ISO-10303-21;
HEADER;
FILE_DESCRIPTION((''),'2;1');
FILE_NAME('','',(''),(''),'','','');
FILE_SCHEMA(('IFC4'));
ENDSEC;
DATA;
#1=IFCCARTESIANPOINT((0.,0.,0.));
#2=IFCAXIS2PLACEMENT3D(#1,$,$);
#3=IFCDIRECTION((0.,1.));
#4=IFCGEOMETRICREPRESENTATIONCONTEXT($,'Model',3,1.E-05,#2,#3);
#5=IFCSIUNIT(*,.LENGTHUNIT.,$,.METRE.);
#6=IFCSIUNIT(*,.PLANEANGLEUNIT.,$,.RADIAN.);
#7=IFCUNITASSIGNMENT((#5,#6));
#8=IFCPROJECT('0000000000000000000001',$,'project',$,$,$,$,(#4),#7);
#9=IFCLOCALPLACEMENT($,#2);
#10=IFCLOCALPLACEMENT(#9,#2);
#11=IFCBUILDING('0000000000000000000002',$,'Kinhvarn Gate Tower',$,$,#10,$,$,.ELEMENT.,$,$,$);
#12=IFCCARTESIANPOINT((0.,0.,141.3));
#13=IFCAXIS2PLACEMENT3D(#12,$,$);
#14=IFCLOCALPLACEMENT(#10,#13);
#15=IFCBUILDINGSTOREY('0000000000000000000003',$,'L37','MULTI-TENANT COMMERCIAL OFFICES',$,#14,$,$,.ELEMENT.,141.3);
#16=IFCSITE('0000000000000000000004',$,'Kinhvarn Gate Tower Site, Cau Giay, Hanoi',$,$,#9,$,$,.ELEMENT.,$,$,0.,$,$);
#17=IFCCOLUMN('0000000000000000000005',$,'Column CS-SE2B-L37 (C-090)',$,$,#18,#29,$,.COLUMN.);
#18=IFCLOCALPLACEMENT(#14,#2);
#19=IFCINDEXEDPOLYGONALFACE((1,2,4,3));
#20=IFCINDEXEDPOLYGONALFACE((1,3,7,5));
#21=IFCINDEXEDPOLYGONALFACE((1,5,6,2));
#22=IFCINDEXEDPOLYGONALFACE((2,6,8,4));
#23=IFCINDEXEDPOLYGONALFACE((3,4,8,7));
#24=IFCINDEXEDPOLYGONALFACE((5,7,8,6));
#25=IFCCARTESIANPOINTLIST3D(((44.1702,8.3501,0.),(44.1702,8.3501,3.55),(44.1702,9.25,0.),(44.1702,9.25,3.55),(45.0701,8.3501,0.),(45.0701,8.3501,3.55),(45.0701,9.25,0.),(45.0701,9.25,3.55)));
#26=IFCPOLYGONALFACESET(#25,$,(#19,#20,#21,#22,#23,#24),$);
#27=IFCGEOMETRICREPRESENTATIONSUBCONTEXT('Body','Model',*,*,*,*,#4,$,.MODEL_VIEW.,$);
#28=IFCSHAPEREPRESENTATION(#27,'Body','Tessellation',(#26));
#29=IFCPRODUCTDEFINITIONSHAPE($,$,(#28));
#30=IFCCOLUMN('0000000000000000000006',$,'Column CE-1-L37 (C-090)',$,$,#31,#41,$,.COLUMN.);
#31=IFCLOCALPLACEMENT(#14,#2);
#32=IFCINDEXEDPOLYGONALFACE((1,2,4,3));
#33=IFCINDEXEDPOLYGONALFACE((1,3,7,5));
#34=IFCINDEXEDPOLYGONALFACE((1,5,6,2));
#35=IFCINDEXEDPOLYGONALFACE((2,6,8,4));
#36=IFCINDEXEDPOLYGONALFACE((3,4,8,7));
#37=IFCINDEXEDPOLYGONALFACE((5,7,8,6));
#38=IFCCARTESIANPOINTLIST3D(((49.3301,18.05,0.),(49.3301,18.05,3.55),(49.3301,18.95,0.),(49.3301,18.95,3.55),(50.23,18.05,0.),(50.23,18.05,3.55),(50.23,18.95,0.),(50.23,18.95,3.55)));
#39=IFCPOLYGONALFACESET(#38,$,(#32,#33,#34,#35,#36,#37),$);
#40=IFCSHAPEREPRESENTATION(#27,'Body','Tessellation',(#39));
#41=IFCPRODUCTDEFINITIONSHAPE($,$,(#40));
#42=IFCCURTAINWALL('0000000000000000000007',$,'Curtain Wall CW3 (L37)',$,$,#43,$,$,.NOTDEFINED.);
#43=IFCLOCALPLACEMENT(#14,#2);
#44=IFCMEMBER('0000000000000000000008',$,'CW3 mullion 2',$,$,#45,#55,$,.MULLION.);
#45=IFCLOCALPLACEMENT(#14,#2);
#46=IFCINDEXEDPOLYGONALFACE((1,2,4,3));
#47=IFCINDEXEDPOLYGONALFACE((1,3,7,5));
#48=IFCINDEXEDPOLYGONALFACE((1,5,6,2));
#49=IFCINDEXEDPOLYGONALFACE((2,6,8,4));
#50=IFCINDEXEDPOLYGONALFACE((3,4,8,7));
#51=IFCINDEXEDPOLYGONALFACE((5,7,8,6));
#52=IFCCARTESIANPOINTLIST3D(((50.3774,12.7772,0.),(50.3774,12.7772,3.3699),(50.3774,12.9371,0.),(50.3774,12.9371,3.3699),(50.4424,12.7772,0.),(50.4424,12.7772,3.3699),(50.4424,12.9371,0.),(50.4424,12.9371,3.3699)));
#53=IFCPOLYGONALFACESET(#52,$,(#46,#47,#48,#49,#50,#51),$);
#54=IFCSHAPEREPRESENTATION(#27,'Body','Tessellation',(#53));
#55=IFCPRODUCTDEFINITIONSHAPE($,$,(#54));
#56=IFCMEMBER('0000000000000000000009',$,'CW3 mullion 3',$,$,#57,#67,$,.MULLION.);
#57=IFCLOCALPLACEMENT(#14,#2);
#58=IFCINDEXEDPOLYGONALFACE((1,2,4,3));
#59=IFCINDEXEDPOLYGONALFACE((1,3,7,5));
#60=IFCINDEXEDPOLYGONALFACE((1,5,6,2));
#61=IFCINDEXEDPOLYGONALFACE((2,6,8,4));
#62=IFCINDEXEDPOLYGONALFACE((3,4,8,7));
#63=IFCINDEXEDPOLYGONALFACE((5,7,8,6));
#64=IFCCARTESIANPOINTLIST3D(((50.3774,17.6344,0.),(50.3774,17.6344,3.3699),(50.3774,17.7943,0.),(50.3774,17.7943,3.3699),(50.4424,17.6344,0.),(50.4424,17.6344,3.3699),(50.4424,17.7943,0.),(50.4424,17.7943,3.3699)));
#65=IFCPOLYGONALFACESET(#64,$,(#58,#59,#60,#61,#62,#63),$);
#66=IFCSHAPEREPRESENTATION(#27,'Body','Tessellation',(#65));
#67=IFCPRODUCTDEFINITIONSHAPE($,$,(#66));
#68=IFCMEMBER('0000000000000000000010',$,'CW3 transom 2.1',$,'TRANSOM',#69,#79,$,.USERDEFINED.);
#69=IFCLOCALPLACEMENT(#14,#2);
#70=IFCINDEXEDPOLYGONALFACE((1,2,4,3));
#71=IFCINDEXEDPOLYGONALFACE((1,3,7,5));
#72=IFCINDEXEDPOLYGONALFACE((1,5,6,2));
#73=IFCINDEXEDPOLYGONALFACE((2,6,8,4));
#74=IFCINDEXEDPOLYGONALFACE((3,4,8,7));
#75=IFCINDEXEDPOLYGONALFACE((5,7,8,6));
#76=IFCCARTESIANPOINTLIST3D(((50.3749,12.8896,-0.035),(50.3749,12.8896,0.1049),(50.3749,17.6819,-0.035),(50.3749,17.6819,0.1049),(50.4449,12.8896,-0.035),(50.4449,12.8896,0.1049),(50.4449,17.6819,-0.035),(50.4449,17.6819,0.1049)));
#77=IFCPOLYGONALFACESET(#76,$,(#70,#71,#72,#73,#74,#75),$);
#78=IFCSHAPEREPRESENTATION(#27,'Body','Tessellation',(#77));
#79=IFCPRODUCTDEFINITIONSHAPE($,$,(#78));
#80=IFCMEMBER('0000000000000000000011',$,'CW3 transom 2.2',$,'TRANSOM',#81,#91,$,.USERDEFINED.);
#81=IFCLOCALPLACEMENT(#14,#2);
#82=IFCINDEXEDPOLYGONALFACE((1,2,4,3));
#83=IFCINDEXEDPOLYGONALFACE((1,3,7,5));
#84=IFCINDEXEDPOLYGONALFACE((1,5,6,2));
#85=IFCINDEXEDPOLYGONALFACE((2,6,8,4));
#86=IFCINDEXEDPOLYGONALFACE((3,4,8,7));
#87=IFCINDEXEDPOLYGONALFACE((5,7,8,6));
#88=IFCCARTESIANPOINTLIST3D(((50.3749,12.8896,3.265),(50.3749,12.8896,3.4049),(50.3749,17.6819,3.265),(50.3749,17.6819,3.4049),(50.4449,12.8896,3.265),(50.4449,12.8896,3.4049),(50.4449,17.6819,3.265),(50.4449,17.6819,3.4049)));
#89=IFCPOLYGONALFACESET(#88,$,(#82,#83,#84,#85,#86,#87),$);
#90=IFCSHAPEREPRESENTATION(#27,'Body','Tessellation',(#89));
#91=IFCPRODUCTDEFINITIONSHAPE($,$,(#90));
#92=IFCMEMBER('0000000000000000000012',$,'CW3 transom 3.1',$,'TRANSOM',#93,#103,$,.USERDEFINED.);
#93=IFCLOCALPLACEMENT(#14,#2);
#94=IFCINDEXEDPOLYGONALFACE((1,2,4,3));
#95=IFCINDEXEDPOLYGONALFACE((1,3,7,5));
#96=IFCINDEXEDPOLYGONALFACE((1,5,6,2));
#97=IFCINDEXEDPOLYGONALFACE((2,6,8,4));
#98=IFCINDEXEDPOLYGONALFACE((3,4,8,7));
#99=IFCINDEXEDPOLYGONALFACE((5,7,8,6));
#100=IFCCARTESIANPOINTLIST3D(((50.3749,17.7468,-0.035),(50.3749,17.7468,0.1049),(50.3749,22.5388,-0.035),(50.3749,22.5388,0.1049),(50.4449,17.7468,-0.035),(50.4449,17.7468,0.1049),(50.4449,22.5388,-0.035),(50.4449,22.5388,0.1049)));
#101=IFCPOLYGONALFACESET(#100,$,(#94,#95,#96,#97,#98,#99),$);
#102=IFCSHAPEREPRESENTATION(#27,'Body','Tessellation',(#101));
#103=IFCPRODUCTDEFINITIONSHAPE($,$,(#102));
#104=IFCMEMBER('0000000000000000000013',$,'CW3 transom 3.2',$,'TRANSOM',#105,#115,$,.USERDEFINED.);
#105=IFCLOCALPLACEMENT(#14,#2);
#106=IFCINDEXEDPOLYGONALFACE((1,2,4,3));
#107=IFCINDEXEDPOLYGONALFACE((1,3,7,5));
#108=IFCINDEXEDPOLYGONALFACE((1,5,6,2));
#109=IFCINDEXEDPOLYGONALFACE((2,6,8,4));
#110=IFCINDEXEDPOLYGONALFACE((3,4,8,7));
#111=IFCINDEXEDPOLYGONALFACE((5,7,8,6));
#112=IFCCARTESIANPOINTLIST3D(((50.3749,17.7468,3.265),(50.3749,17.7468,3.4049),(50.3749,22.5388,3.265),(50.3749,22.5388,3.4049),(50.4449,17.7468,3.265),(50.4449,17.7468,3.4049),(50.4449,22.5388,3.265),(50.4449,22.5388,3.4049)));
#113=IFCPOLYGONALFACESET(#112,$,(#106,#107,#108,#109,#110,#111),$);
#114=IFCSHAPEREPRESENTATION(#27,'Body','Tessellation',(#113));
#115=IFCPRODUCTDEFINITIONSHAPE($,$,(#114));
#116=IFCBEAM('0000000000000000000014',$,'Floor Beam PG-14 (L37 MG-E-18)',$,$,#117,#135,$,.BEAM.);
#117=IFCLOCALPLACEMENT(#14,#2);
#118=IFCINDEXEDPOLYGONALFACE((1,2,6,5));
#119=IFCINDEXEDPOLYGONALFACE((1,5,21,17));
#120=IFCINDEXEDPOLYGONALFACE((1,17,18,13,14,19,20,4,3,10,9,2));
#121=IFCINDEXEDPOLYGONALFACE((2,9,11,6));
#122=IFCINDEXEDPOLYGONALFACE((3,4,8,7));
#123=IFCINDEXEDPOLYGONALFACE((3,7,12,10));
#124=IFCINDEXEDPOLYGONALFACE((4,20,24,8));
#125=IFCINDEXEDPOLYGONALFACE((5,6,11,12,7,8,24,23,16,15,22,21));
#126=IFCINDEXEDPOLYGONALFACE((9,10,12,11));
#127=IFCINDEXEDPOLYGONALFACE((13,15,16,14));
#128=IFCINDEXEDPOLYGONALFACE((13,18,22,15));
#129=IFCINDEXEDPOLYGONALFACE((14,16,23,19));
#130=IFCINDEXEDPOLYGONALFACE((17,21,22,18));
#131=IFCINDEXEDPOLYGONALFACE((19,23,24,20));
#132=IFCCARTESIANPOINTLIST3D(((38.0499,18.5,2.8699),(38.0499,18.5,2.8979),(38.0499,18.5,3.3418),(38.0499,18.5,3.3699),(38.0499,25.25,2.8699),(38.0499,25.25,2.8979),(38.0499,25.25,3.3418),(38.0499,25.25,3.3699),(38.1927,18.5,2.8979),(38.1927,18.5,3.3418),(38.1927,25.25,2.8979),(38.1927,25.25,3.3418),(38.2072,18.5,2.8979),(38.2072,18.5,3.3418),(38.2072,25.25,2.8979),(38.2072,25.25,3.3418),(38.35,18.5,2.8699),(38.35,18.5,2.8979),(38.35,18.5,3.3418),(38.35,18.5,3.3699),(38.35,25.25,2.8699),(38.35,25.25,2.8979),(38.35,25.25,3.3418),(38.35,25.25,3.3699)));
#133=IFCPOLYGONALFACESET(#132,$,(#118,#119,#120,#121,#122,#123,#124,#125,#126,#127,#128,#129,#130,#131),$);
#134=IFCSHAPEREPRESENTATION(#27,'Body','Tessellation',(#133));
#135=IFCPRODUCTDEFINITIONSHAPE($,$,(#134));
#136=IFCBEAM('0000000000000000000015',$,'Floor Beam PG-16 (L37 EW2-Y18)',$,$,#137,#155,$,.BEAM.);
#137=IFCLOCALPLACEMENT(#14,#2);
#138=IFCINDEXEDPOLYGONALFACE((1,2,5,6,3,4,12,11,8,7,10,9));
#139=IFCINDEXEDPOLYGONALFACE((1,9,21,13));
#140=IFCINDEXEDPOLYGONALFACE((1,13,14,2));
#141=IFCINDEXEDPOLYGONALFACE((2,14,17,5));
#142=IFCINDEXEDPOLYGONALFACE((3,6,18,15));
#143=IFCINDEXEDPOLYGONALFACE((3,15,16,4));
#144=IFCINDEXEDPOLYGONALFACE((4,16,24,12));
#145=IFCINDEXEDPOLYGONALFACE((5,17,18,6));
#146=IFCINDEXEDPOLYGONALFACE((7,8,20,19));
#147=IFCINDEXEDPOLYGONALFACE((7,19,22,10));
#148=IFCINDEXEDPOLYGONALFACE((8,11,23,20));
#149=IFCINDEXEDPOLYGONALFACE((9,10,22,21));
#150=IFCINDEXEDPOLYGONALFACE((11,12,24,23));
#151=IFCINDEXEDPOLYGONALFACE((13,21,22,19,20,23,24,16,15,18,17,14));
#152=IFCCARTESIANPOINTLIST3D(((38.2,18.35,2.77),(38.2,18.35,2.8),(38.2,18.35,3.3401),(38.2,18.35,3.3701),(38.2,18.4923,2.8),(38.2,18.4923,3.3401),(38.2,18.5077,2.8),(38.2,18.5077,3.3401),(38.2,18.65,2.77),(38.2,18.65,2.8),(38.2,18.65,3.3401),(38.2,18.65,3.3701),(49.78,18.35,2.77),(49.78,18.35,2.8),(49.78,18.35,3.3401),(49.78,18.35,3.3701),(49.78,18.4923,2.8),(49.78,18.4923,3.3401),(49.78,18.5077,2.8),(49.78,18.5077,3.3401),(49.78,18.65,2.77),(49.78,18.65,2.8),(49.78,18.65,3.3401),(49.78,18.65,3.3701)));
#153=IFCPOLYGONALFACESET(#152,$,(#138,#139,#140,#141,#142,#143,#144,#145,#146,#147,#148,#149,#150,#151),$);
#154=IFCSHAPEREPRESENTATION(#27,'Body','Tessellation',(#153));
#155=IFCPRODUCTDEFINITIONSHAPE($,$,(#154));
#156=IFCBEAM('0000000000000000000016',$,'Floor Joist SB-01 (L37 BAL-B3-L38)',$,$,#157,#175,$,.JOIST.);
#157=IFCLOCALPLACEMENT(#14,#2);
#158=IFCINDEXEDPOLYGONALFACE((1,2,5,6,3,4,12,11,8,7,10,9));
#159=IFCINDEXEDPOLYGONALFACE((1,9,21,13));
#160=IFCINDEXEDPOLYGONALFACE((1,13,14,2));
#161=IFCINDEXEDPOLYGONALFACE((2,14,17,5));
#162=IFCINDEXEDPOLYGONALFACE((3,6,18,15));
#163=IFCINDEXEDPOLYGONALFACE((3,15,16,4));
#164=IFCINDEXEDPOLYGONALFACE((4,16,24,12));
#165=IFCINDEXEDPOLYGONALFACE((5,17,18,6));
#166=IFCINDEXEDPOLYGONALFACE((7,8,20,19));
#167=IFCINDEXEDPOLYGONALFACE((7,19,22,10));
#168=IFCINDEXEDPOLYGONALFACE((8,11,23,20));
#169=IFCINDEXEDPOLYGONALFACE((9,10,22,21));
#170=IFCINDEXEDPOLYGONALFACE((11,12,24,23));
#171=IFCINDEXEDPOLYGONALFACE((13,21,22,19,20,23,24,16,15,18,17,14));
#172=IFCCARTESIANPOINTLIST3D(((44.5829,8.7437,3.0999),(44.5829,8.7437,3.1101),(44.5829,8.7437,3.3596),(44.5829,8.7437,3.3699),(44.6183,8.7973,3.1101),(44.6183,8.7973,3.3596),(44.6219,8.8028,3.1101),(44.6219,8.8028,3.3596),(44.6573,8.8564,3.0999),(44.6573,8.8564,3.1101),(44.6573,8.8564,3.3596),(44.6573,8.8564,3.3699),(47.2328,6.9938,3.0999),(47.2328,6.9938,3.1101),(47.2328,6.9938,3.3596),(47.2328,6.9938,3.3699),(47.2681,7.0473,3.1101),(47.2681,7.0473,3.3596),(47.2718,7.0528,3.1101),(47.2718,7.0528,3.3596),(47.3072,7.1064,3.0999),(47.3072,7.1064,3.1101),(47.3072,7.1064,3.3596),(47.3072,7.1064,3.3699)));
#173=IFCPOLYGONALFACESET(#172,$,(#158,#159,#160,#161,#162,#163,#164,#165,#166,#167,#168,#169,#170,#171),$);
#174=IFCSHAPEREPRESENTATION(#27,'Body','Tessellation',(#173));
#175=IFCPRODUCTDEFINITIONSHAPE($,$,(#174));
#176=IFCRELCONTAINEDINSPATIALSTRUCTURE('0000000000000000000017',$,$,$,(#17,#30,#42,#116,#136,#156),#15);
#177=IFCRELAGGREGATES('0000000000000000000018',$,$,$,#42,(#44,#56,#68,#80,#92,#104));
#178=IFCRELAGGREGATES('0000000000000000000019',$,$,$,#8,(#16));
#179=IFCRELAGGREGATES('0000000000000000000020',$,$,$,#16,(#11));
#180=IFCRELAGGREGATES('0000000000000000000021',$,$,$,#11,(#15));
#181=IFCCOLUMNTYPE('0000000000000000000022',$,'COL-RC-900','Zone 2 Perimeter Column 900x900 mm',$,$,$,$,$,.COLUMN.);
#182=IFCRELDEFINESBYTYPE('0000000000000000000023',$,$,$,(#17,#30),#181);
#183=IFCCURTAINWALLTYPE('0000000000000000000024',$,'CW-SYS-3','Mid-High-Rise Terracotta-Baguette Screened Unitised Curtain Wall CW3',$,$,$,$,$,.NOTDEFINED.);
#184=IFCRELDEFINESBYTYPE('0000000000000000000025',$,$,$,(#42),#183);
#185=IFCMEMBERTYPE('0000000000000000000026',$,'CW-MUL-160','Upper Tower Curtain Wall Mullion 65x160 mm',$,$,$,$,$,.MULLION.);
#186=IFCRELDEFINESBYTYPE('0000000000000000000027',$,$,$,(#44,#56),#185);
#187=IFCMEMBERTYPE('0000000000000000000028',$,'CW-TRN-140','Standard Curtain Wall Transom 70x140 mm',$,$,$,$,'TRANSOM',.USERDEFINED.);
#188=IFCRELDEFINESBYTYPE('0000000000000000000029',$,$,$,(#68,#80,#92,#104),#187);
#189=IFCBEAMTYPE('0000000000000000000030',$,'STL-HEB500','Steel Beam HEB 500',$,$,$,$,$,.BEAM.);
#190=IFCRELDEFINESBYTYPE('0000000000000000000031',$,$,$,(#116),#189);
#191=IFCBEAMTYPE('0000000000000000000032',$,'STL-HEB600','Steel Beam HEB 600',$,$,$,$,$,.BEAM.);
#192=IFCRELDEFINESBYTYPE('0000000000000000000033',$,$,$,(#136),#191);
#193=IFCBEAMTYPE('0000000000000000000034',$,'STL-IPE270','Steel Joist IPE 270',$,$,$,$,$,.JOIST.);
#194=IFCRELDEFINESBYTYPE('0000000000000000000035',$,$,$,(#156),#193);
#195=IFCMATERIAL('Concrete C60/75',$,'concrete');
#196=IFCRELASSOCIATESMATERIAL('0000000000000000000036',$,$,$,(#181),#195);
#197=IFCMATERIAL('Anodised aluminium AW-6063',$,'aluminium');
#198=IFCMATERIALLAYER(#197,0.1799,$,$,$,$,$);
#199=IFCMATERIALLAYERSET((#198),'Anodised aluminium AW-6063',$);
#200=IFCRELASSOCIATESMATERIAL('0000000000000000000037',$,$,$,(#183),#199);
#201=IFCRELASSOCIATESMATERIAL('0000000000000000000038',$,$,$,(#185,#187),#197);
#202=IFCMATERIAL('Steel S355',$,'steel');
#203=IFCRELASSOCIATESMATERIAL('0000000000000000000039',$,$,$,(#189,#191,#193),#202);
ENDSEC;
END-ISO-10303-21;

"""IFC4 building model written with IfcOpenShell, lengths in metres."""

from ifc_helpers import new_model, si_unit, direction, frame, origin, origin_2d, place, context, subcontext, project, spatial, rectangle, i_section, extrude, material, layer, layer_set, material_profile, profile_set, type_object, element, aggregate, save


model = new_model("IFC4")

# Units and contexts
model_context = context("Model", 3, precision=1e-05, world=origin(), true_north=direction((0.0, 1.0)))
body_context = subcontext(model_context, "Body", "Model", "MODEL_VIEW")
ifc_project = project(units=[si_unit("LENGTHUNIT", "METRE"), si_unit("PLANEANGLEUNIT", "RADIAN")], contexts=[model_context])

# Site, building, storey
site_placement = place(None, origin())
site = spatial("IfcSite", under=ifc_project, at=site_placement, Name="Kinhvarn Gate Tower Site, Cau Giay, Hanoi", CompositionType="ELEMENT", RefElevation=0.0)
building_placement = place(site_placement, origin())
building = spatial("IfcBuilding", under=site, at=building_placement, Name="Kinhvarn Gate Tower", CompositionType="ELEMENT")
storey_placement = place(building_placement, frame((0.0, 0.0, 141.3)))
storey = spatial("IfcBuildingStorey", under=building, at=storey_placement, Name="L37", Description="MULTI-TENANT COMMERCIAL OFFICES", CompositionType="ELEMENT", Elevation=141.3)

# Columns
ifc_material_1 = material(Name="Concrete C60/75", Category="concrete")
ifc_material_profile_1 = material_profile(ifc_material_1, rectangle(XDim=0.8999, YDim=0.8999, at=origin_2d()), Name="RC 900x900")
ifc_profile_set_1 = profile_set([ifc_material_profile_1], Name="Concrete C60/75")
column_type = type_object("IfcColumnType", Name="COL-RC-900", Description="Zone 2 Perimeter Column 900x900 mm", PredefinedType="COLUMN", material=ifc_profile_set_1)
for number, where, z_axis, x_axis, name in (
    (1, (44.6201, 8.8, 0.0), (0.0, 0.0, 1.0), (1.0, 0.0, 0.0), "Column CS-SE2B-L37 (C-090)"),
    (2, (49.78, 18.5, 0.0), (0.0, 0.0, 1.0), (1.0, 0.0, 0.0), "Column CE-1-L37 (C-090)"),
):
    element("IfcColumn", number, at=place(storey_placement, frame(where, z_axis=z_axis, x_axis=x_axis)), inside=storey, type_object=column_type, Name=name, PredefinedType="COLUMN", context=body_context, shape_type="SweptSolid", body=[
        extrude(rectangle(XDim=0.8999, YDim=0.8999, at=origin_2d()), origin(), (0.0, 0.0, 1.0), 3.55),
    ])

# Curtain wall, members
ifc_material_2 = material(Name="Anodised aluminium AW-6063", Category="aluminium")
ifc_layer_1 = layer(ifc_material_2, 0.1799)
ifc_layer_set_1 = layer_set([ifc_layer_1], Name="Anodised aluminium AW-6063")
curtain_wall_type = type_object("IfcCurtainWallType", Name="CW-SYS-3", Description="Mid-High-Rise Terracotta-Baguette Screened Unitised Curtain Wall CW3", PredefinedType="NOTDEFINED", material=ifc_layer_set_1)
curtain_wall_placement = place(storey_placement, origin())
curtain_wall = element("IfcCurtainWall", 3, at=curtain_wall_placement, inside=storey, type_object=curtain_wall_type, Name="Curtain Wall CW3 (L37)", PredefinedType="NOTDEFINED")
ifc_material_profile_2 = material_profile(ifc_material_2, rectangle(XDim=0.0649, YDim=0.1599, at=origin_2d()), Name="ALU 65x160")
ifc_profile_set_2 = profile_set([ifc_material_profile_2], Name="Anodised aluminium AW-6063")
member_type_1 = type_object("IfcMemberType", Name="CW-MUL-160", Description="Upper Tower Curtain Wall Mullion 65x160 mm", PredefinedType="MULLION", material=ifc_profile_set_2)
member_1_placement = place(storey_placement, frame((50.4099, 12.8572, 0.0), z_axis=(0.0, 0.0, 1.0), x_axis=(-1.0, 0.0, 0.0)))
member_1 = element("IfcMember", 4, at=member_1_placement, type_object=member_type_1, Name="CW3 mullion 2", PredefinedType="MULLION", context=body_context, shape_type="SweptSolid", body=[
    extrude(rectangle(XDim=0.0649, YDim=0.1599, at=origin_2d()), origin(), (0.0, 0.0, 1.0), 3.3699),
])
member_2_placement = place(storey_placement, frame((50.4099, 17.7144, 0.0), z_axis=(0.0, 0.0, 1.0), x_axis=(-1.0, 0.0, 0.0)))
member_2 = element("IfcMember", 5, at=member_2_placement, type_object=member_type_1, Name="CW3 mullion 3", PredefinedType="MULLION", context=body_context, shape_type="SweptSolid", body=[
    extrude(rectangle(XDim=0.0649, YDim=0.1599, at=origin_2d()), origin(), (0.0, 0.0, 1.0), 3.3699),
])
ifc_material_profile_3 = material_profile(ifc_material_2, rectangle(XDim=0.0701, YDim=0.1399, at=origin_2d()), Name="ALU 70x140")
ifc_profile_set_3 = profile_set([ifc_material_profile_3], Name="Anodised aluminium AW-6063")
member_type_2 = type_object("IfcMemberType", Name="CW-TRN-140", Description="Standard Curtain Wall Transom 70x140 mm", ElementType="TRANSOM", PredefinedType="USERDEFINED", material=ifc_profile_set_3)
member_3_placement = place(storey_placement, frame((50.4099, 12.8896, 0.0349), z_axis=(0.0, 1.0, 0.0), x_axis=(-1.0, 0.0, 0.0)))
member_3 = element("IfcMember", 6, at=member_3_placement, type_object=member_type_2, Name="CW3 transom 2.1", ObjectType="TRANSOM", PredefinedType="USERDEFINED", context=body_context, shape_type="SweptSolid", body=[
    extrude(rectangle(XDim=0.0701, YDim=0.1399, at=origin_2d()), origin(), (0.0, 0.0, 1.0), 4.7922),
])
member_4_placement = place(storey_placement, frame((50.4099, 12.8896, 3.335), z_axis=(0.0, 1.0, 0.0), x_axis=(-1.0, 0.0, 0.0)))
member_4 = element("IfcMember", 7, at=member_4_placement, type_object=member_type_2, Name="CW3 transom 2.2", ObjectType="TRANSOM", PredefinedType="USERDEFINED", context=body_context, shape_type="SweptSolid", body=[
    extrude(rectangle(XDim=0.0701, YDim=0.1399, at=origin_2d()), origin(), (0.0, 0.0, 1.0), 4.7922),
])
member_5_placement = place(storey_placement, frame((50.4099, 17.7468, 0.0349), z_axis=(0.0, 1.0, 0.0), x_axis=(-1.0, 0.0, 0.0)))
member_5 = element("IfcMember", 8, at=member_5_placement, type_object=member_type_2, Name="CW3 transom 3.1", ObjectType="TRANSOM", PredefinedType="USERDEFINED", context=body_context, shape_type="SweptSolid", body=[
    extrude(rectangle(XDim=0.0701, YDim=0.1399, at=origin_2d()), origin(), (0.0, 0.0, 1.0), 4.792),
])
member_6_placement = place(storey_placement, frame((50.4099, 17.7468, 3.335), z_axis=(0.0, 1.0, 0.0), x_axis=(-1.0, 0.0, 0.0)))
member_6 = element("IfcMember", 9, at=member_6_placement, type_object=member_type_2, Name="CW3 transom 3.2", ObjectType="TRANSOM", PredefinedType="USERDEFINED", context=body_context, shape_type="SweptSolid", body=[
    extrude(rectangle(XDim=0.0701, YDim=0.1399, at=origin_2d()), origin(), (0.0, 0.0, 1.0), 4.792),
])

# Beams
ifc_material_3 = material(Name="Steel S355", Category="steel")
ifc_material_profile_4 = material_profile(ifc_material_3, i_section(OverallWidth=0.3, OverallDepth=0.5, WebThickness=0.0144, FlangeThickness=0.0281, at=origin_2d()), Name="HEB 500")
ifc_profile_set_4 = profile_set([ifc_material_profile_4], Name="Steel S355")
beam_type_1 = type_object("IfcBeamType", Name="STL-HEB500", Description="Steel Beam HEB 500", PredefinedType="BEAM", material=ifc_profile_set_4)
beam_1_placement = place(storey_placement, frame((38.2, 18.5, 3.1199), z_axis=(0.0, 1.0, 0.0), x_axis=(-1.0, 0.0, 0.0)))
element("IfcBeam", 10, at=beam_1_placement, inside=storey, type_object=beam_type_1, Name="Floor Beam PG-14 (L37 MG-E-18)", PredefinedType="BEAM", context=body_context, shape_type="SweptSolid", body=[
    extrude(i_section(OverallWidth=0.3, OverallDepth=0.5, WebThickness=0.0144, FlangeThickness=0.0281, at=origin_2d()), origin(), (0.0, 0.0, 1.0), 6.75),
])
ifc_material_profile_5 = material_profile(ifc_material_3, i_section(OverallWidth=0.3, OverallDepth=0.6001, WebThickness=0.0154, FlangeThickness=0.03, at=origin_2d()), Name="HEB 600")
ifc_profile_set_5 = profile_set([ifc_material_profile_5], Name="Steel S355")
beam_type_2 = type_object("IfcBeamType", Name="STL-HEB600", Description="Steel Beam HEB 600", PredefinedType="BEAM", material=ifc_profile_set_5)
beam_2_placement = place(storey_placement, frame((38.2, 18.5, 3.0701), z_axis=(1.0, 0.0, 0.0), x_axis=(0.0, 1.0, 0.0)))
element("IfcBeam", 11, at=beam_2_placement, inside=storey, type_object=beam_type_2, Name="Floor Beam PG-16 (L37 EW2-Y18)", PredefinedType="BEAM", context=body_context, shape_type="SweptSolid", body=[
    extrude(i_section(OverallWidth=0.3, OverallDepth=0.6001, WebThickness=0.0154, FlangeThickness=0.03, at=origin_2d()), origin(), (0.0, 0.0, 1.0), 11.5801),
])
ifc_material_profile_6 = material_profile(ifc_material_3, i_section(OverallWidth=0.135, OverallDepth=0.27, WebThickness=0.0066, FlangeThickness=0.0103, at=origin_2d()), Name="IPE 270")
ifc_profile_set_6 = profile_set([ifc_material_profile_6], Name="Steel S355")
beam_type_3 = type_object("IfcBeamType", Name="STL-IPE270", Description="Steel Joist IPE 270", PredefinedType="JOIST", material=ifc_profile_set_6)
beam_3_placement = place(storey_placement, frame((44.6201, 8.8, 3.2349), z_axis=(0.834455, -0.551076, 0.0), x_axis=(0.551076, 0.834455, 0.0)))
element("IfcBeam", 12, at=beam_3_placement, inside=storey, type_object=beam_type_3, Name="Floor Joist SB-01 (L37 BAL-B3-L38)", PredefinedType="JOIST", context=body_context, shape_type="SweptSolid", body=[
    extrude(i_section(OverallWidth=0.135, OverallDepth=0.27, WebThickness=0.0066, FlangeThickness=0.0103, at=origin_2d()), origin(), (0.0, 0.0, 1.0), 3.1755),
])

aggregate(curtain_wall, [member_1, member_2, member_3, member_4, member_5, member_6])

save(model, "model.ifc")
